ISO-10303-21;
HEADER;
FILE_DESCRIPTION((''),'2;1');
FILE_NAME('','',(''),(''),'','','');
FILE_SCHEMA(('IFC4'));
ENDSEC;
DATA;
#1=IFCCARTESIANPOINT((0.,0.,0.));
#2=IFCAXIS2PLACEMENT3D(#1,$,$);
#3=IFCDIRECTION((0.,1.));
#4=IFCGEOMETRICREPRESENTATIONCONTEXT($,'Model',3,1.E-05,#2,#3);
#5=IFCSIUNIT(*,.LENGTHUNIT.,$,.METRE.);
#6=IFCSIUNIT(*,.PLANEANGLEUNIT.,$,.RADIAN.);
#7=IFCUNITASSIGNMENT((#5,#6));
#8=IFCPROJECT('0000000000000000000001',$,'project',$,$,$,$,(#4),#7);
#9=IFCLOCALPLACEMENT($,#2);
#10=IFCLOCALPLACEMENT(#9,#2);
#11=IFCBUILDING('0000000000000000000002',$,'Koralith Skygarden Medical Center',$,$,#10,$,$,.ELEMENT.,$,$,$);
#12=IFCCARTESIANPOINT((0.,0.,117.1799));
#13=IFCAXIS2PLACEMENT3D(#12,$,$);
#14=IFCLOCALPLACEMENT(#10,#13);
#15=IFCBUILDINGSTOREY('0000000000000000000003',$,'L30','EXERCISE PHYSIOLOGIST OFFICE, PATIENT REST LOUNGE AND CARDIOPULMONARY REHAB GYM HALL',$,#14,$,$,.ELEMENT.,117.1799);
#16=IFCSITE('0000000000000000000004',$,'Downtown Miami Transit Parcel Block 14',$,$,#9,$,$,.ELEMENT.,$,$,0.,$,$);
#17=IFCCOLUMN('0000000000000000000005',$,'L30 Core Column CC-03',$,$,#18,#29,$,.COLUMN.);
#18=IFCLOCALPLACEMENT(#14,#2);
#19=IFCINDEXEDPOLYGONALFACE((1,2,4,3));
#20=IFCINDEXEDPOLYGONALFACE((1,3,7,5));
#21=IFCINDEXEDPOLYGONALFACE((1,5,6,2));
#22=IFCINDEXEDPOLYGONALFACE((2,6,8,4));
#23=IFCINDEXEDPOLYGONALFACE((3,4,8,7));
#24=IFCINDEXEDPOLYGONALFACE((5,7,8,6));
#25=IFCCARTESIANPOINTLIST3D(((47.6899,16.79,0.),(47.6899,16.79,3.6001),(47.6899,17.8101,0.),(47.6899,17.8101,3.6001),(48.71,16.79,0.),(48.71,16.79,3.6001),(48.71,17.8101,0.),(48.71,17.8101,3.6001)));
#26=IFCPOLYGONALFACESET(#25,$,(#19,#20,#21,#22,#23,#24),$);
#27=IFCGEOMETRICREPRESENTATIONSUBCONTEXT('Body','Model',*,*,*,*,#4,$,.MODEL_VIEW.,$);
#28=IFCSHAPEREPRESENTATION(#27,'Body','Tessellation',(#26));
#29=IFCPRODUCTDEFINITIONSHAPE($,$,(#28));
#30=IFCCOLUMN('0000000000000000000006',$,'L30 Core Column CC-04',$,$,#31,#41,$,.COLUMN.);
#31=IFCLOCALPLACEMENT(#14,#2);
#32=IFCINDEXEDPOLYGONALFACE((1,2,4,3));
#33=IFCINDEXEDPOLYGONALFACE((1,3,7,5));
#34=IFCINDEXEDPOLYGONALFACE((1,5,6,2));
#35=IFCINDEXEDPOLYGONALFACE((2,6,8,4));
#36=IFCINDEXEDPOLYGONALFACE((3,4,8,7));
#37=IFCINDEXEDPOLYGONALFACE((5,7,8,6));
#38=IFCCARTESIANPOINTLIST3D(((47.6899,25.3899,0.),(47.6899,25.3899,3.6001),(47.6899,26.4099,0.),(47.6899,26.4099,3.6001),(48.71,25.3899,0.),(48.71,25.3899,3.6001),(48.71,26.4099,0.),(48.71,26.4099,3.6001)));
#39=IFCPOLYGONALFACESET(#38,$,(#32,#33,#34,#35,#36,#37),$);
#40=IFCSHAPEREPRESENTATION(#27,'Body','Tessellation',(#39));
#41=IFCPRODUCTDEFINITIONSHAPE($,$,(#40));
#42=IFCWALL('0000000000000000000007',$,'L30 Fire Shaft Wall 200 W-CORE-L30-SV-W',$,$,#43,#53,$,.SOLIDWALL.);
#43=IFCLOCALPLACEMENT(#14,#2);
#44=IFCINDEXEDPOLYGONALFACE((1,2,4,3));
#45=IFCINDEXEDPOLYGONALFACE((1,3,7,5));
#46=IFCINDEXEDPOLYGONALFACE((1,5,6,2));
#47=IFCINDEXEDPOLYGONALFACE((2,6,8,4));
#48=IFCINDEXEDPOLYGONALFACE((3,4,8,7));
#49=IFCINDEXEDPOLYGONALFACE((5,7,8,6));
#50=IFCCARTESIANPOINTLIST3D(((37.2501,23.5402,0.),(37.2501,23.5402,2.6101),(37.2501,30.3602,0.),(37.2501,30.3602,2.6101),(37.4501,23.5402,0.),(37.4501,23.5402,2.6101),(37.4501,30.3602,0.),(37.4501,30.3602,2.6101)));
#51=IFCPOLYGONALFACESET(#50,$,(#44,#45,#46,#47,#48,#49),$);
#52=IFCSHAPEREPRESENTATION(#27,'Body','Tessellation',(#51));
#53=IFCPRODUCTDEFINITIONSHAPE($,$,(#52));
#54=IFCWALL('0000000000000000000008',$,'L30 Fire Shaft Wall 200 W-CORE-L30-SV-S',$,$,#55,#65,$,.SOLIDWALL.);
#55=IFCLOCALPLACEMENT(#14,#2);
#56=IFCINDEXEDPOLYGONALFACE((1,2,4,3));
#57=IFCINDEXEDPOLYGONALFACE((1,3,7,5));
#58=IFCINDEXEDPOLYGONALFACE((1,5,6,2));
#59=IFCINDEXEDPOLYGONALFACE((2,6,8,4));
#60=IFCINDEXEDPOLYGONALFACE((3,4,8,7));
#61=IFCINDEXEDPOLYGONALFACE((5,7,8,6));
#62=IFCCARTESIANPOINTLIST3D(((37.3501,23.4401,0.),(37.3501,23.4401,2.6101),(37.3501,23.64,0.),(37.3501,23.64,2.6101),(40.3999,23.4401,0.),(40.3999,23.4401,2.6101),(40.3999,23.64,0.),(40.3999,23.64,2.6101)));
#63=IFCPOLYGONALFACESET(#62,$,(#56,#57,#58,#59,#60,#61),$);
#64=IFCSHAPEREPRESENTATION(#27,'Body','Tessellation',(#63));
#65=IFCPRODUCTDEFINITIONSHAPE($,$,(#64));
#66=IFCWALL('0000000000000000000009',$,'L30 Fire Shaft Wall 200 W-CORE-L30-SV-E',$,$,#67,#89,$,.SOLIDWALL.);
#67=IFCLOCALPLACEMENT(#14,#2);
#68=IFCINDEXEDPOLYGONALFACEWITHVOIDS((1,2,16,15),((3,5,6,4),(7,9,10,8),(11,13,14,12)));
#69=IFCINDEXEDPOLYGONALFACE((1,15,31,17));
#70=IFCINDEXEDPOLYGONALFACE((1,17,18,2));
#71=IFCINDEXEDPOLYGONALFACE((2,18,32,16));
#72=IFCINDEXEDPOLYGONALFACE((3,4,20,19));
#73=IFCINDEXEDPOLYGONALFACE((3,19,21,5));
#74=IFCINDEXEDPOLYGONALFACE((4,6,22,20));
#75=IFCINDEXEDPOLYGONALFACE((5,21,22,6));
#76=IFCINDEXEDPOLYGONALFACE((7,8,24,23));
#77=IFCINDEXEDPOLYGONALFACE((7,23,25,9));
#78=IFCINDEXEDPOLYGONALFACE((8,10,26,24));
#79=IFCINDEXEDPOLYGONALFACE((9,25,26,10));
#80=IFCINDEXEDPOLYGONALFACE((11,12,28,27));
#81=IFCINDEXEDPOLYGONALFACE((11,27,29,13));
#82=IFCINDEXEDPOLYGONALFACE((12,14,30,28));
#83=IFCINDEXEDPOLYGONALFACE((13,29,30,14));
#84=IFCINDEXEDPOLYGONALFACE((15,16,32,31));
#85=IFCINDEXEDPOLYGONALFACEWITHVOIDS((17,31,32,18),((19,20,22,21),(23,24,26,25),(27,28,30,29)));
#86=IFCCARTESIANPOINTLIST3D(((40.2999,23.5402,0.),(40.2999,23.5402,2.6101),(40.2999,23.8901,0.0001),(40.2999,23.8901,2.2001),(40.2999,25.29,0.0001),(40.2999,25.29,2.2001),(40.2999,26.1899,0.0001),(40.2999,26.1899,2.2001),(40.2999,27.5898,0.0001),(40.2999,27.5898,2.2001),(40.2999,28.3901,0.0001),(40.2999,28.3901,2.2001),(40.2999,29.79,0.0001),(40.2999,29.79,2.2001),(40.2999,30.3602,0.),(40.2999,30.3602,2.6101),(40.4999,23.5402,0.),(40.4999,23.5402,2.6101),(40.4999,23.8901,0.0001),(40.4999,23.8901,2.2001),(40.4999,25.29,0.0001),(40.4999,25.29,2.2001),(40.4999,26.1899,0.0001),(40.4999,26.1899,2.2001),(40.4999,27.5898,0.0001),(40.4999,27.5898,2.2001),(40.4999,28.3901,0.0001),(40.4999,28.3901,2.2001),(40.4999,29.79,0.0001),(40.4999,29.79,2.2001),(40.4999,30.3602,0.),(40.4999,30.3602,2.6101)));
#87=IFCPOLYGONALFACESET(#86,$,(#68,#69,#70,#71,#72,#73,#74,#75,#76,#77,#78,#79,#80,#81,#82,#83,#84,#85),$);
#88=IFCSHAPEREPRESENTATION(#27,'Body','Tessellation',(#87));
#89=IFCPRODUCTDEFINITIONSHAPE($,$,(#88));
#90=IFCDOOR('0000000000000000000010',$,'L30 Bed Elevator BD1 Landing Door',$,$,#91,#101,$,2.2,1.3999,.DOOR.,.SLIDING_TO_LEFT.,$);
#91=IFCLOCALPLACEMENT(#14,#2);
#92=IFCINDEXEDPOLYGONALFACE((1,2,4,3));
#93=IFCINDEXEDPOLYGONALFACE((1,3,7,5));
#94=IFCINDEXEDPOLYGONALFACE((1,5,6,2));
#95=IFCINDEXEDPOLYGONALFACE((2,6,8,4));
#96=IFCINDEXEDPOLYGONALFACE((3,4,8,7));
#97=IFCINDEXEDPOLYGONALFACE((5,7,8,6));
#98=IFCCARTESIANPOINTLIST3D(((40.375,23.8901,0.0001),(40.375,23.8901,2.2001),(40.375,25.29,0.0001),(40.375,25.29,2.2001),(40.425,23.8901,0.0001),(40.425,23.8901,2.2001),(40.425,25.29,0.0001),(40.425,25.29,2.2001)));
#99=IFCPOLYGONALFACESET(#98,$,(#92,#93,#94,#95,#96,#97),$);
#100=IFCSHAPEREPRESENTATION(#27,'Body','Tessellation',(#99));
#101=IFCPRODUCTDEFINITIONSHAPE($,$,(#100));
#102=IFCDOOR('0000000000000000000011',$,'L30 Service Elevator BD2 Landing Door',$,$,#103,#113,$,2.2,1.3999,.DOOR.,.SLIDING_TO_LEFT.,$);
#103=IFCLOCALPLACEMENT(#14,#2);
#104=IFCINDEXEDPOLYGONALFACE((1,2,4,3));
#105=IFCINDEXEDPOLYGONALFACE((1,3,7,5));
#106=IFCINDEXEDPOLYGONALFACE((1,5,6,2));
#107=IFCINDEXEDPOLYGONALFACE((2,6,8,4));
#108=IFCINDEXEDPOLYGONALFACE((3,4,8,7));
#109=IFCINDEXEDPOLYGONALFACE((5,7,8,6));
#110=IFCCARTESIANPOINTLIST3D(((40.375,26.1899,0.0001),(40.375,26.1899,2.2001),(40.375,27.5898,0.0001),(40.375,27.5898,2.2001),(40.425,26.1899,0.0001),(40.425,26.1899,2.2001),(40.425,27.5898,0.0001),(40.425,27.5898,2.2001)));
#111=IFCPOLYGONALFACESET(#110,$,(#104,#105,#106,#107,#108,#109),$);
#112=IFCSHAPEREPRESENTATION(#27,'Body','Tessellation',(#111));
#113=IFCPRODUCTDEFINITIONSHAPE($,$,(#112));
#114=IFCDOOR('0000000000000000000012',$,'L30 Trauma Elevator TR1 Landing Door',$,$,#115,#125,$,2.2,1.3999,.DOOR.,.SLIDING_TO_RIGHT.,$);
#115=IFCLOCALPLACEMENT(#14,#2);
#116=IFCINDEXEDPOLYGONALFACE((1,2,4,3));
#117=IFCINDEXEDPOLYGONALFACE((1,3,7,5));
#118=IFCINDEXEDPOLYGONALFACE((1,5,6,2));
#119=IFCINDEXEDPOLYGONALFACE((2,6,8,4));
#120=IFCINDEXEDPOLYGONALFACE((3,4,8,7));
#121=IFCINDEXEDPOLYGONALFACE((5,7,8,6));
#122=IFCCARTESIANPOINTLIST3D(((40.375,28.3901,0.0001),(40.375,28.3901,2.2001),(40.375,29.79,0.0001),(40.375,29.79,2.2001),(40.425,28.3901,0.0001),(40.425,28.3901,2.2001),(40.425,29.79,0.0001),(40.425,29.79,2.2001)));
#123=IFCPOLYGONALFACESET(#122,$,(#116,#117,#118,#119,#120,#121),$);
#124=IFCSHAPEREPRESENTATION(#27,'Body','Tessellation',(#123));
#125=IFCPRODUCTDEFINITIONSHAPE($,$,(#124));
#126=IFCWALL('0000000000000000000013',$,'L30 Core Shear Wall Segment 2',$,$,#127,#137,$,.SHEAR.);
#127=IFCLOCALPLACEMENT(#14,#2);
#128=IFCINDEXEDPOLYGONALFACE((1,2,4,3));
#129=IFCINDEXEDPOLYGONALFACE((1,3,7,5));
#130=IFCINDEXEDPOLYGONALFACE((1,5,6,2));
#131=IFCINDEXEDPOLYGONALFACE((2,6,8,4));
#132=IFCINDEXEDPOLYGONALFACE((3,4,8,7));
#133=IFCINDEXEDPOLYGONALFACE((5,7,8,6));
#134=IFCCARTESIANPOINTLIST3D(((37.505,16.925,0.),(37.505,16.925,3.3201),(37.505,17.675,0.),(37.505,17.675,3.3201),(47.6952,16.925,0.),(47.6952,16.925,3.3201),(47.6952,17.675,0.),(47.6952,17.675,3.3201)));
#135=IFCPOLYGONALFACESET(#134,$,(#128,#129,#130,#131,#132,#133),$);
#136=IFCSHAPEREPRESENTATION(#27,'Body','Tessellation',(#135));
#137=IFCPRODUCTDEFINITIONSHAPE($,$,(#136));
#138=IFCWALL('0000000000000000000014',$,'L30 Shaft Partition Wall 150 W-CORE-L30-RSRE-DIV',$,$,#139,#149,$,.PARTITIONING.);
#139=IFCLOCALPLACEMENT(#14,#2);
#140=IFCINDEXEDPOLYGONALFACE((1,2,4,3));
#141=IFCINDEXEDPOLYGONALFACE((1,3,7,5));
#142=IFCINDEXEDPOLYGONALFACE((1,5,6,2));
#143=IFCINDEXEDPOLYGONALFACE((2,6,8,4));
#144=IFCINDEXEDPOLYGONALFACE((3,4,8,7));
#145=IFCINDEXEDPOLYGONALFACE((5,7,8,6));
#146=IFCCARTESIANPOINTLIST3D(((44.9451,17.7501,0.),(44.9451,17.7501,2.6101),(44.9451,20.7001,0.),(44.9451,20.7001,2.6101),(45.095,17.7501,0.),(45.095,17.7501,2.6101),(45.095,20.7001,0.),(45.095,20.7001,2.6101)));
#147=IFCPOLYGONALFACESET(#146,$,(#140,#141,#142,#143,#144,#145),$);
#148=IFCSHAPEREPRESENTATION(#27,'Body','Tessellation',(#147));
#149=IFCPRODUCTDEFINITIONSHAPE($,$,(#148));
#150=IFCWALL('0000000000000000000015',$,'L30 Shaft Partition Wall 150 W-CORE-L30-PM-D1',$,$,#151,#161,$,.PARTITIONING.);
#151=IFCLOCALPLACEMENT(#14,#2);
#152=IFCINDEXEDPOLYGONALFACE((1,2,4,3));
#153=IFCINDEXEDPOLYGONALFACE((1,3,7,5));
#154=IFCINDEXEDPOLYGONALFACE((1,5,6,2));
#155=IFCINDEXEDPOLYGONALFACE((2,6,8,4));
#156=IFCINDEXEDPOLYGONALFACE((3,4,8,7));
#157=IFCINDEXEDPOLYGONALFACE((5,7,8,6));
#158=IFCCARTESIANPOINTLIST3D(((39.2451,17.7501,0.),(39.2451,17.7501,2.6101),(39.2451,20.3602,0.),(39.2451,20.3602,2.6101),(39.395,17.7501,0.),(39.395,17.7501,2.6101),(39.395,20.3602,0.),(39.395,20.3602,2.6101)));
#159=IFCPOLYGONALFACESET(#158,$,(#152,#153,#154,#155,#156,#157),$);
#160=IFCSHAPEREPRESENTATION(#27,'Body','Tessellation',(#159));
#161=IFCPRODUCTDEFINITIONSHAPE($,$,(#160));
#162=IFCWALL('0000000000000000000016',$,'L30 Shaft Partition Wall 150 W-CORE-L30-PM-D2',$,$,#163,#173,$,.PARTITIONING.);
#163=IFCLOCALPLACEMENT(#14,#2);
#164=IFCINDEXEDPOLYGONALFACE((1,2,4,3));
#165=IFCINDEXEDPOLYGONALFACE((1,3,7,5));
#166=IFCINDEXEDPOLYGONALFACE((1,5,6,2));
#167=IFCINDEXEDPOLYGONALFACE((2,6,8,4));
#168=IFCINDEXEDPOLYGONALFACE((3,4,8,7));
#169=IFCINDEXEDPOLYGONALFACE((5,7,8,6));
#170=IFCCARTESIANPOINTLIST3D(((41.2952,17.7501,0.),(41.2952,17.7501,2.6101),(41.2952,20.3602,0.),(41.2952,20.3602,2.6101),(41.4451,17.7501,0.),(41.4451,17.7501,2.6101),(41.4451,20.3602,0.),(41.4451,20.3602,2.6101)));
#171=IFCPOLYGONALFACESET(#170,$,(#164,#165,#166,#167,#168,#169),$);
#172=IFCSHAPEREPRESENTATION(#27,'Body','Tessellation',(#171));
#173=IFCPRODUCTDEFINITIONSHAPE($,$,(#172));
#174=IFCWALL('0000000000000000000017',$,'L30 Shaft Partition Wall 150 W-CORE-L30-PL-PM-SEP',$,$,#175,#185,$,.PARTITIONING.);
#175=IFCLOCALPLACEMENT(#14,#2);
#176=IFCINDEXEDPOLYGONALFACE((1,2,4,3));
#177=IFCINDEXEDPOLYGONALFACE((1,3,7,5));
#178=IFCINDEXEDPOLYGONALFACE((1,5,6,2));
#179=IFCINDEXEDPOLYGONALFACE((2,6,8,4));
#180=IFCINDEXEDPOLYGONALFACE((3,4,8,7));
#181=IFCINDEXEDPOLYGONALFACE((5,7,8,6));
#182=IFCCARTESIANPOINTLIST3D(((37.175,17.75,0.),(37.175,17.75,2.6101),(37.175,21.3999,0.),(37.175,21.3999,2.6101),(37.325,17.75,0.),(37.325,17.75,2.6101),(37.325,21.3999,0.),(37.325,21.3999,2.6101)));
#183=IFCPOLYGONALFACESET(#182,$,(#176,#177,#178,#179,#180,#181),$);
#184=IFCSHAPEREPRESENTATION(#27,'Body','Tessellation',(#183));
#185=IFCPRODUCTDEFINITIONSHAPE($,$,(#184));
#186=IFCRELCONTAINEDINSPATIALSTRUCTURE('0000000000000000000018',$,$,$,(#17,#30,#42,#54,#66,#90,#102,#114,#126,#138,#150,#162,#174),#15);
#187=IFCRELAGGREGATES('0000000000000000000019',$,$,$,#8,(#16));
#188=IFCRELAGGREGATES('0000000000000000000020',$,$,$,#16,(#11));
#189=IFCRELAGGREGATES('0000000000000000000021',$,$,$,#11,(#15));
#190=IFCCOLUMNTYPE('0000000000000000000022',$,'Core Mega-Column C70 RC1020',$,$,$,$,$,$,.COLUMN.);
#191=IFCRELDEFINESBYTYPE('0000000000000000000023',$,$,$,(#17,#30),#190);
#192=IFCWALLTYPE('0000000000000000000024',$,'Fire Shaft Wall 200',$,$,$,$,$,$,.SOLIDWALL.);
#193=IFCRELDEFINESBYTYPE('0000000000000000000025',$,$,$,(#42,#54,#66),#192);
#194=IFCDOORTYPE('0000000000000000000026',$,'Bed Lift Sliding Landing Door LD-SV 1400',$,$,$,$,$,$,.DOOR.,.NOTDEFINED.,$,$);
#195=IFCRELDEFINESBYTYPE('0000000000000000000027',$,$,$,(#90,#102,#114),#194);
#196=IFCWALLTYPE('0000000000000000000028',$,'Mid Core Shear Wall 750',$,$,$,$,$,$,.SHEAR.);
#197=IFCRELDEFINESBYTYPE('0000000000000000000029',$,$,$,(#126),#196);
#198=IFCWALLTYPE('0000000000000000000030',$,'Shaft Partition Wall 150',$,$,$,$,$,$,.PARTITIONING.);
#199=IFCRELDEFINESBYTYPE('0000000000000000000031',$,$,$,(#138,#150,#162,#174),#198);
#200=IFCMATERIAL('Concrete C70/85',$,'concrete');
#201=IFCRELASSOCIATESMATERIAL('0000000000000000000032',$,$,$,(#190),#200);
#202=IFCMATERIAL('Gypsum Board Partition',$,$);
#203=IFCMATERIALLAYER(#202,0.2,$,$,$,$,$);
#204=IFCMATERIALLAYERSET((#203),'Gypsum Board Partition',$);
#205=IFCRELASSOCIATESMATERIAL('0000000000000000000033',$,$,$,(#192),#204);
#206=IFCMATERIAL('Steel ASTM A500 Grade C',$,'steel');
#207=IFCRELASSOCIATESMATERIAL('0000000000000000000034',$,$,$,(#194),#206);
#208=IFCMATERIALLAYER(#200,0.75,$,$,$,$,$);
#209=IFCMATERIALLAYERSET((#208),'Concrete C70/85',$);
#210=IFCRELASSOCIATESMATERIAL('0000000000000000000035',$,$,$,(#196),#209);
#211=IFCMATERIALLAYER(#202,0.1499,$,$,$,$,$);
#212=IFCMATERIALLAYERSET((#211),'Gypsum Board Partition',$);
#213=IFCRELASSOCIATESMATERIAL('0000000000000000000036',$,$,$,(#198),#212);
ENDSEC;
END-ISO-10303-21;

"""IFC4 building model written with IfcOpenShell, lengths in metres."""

from ifc_helpers import new_model, si_unit, direction, frame, frame_2d, origin, origin_2d, place, context, subcontext, project, spatial, rectangle, extrude, material, layer, layer_set, material_profile, profile_set, type_object, element, fill, save


model = new_model("IFC4")

# Units and contexts
model_context = context("Model", 3, precision=1e-05, world=origin(), true_north=direction((0.0, 1.0)))
body_context = subcontext(model_context, "Body", "Model", "MODEL_VIEW")
ifc_project = project(units=[si_unit("LENGTHUNIT", "METRE"), si_unit("PLANEANGLEUNIT", "RADIAN")], contexts=[model_context])

# Site, building, storey
site_placement = place(None, origin())
site = spatial("IfcSite", under=ifc_project, at=site_placement, Name="Downtown Miami Transit Parcel Block 14", CompositionType="ELEMENT", RefElevation=0.0)
building_placement = place(site_placement, origin())
building = spatial("IfcBuilding", under=site, at=building_placement, Name="Koralith Skygarden Medical Center", CompositionType="ELEMENT")
storey_placement = place(building_placement, frame((0.0, 0.0, 117.1799)))
storey = spatial("IfcBuildingStorey", under=building, at=storey_placement, Name="L30", Description="EXERCISE PHYSIOLOGIST OFFICE, PATIENT REST LOUNGE AND CARDIOPULMONARY REHAB GYM HALL", CompositionType="ELEMENT", Elevation=117.1799)

# Columns
ifc_material_1 = material(Name="Concrete C70/85", Category="concrete")
ifc_material_profile = material_profile(ifc_material_1, rectangle(XDim=1.02, YDim=1.02, at=origin_2d()), Name="RC1020X1020")
ifc_profile_set = profile_set([ifc_material_profile], Name="Concrete C70/85")
column_type = type_object("IfcColumnType", Name="Core Mega-Column C70 RC1020", PredefinedType="COLUMN", material=ifc_profile_set)
for number, where, z_axis, x_axis, name in (
    (1, (48.2, 17.3, 0.0), (0.0, 0.0, 1.0), (1.0, 0.0, 0.0), "L30 Core Column CC-03"),
    (2, (48.2, 25.8999, 0.0), (0.0, 0.0, 1.0), (1.0, 0.0, 0.0), "L30 Core Column CC-04"),
):
    element("IfcColumn", number, at=place(storey_placement, frame(where, z_axis=z_axis, x_axis=x_axis)), inside=storey, type_object=column_type, Name=name, PredefinedType="COLUMN", context=body_context, shape_type="SweptSolid", body=[
        extrude(rectangle(XDim=1.02, YDim=1.02, at=origin_2d()), origin(), (0.0, 0.0, 1.0), 3.6001),
    ])

# Shared definitions
ifc_material_2 = material(Name="Gypsum Board Partition")
ifc_layer_1 = layer(ifc_material_2, 0.2)
ifc_layer_set_1 = layer_set([ifc_layer_1], Name="Gypsum Board Partition")
wall_type_1 = type_object("IfcWallType", Name="Fire Shaft Wall 200", PredefinedType="SOLIDWALL", material=ifc_layer_set_1)
ifc_material_3 = material(Name="Steel ASTM A500 Grade C", Category="steel")

# Walls
wall_1_placement = place(storey_placement, frame((37.3501, 23.54, 0.0), z_axis=(0.0, 0.0, 1.0), x_axis=(0.0, 1.0, 0.0)))
element("IfcWall", 3, at=wall_1_placement, inside=storey, type_object=wall_type_1, Name="L30 Fire Shaft Wall 200 W-CORE-L30-SV-W", PredefinedType="SOLIDWALL", context=body_context, shape_type="SweptSolid", body=[
    extrude(rectangle(XDim=6.8201, YDim=0.2, at=frame_2d((3.4102, 0.0))), origin(), (0.0, 0.0, 1.0), 2.6101),
])
wall_2_placement = place(storey_placement, frame((37.3501, 23.54, 0.0), z_axis=(0.0, 0.0, 1.0), x_axis=(1.0, 0.0, 0.0)))
element("IfcWall", 4, at=wall_2_placement, inside=storey, type_object=wall_type_1, Name="L30 Fire Shaft Wall 200 W-CORE-L30-SV-S", PredefinedType="SOLIDWALL", context=body_context, shape_type="SweptSolid", body=[
    extrude(rectangle(XDim=3.0498, YDim=0.2, at=frame_2d((1.5249, 0.0))), origin(), (0.0, 0.0, 1.0), 2.6101),
])

# Wall, openings, doors
wall_3_placement = place(storey_placement, frame((40.3999, 23.54, 0.0), z_axis=(0.0, 0.0, 1.0), x_axis=(0.0, 1.0, 0.0)))
wall_3 = element("IfcWall", 5, at=wall_3_placement, inside=storey, type_object=wall_type_1, Name="L30 Fire Shaft Wall 200 W-CORE-L30-SV-E", PredefinedType="SOLIDWALL", context=body_context, shape_type="SweptSolid", body=[
    extrude(rectangle(XDim=6.8201, YDim=0.2, at=frame_2d((3.4102, 0.0))), origin(), (0.0, 0.0, 1.0), 2.6101),
])
opening_1_placement = place(wall_3_placement, frame((0.3501, 0.0, 0.0)))
opening_1 = element("IfcOpeningElement", 6, at=opening_1_placement, cuts=wall_3, PredefinedType="OPENING", context=body_context, shape_type="SweptSolid", body=[
    extrude(rectangle(XDim=1.3999, YDim=2.2, at=frame_2d((0.7, 1.1001))), frame((0.0, 0.1099, 0.0), z_axis=(0.0, -1.0, 0.0), x_axis=(1.0, 0.0, 0.0)), (0.0, 0.0, 1.0), 0.22),
])
opening_2_placement = place(wall_3_placement, frame((2.6499, 0.0, 0.0)))
opening_2 = element("IfcOpeningElement", 7, at=opening_2_placement, cuts=wall_3, PredefinedType="OPENING", context=body_context, shape_type="SweptSolid", body=[
    extrude(rectangle(XDim=1.3999, YDim=2.2, at=frame_2d((0.7, 1.1001))), frame((0.0, 0.1099, 0.0), z_axis=(0.0, -1.0, 0.0), x_axis=(1.0, 0.0, 0.0)), (0.0, 0.0, 1.0), 0.22),
])
opening_3_placement = place(wall_3_placement, frame((4.8501, 0.0, 0.0)))
opening_3 = element("IfcOpeningElement", 8, at=opening_3_placement, cuts=wall_3, PredefinedType="OPENING", context=body_context, shape_type="SweptSolid", body=[
    extrude(rectangle(XDim=1.3999, YDim=2.2, at=frame_2d((0.7, 1.1001))), frame((0.0, 0.1099, 0.0), z_axis=(0.0, -1.0, 0.0), x_axis=(1.0, 0.0, 0.0)), (0.0, 0.0, 1.0), 0.22),
])
door_type_1 = type_object("IfcDoorType", Name="Bed Lift Sliding Landing Door LD-SV 1400", OperationType="NOTDEFINED", PredefinedType="DOOR", material=ifc_material_3)
door_1_placement = place(opening_1_placement, origin())
door_1 = element("IfcDoor", 9, at=door_1_placement, inside=storey, type_object=door_type_1, Name="L30 Bed Elevator BD1 Landing Door", OperationType="SLIDING_TO_LEFT", OverallHeight=2.2, OverallWidth=1.3999, PredefinedType="DOOR", context=body_context, shape_type="SweptSolid", body=[
    extrude(rectangle(XDim=1.3999, YDim=2.2, at=frame_2d((0.7, 1.1001))), frame((0.0, 0.0249, 0.0), z_axis=(0.0, -1.0, 0.0), x_axis=(1.0, 0.0, 0.0)), (0.0, 0.0, 1.0), 0.05),
])
fill(opening_1, door_1)
door_2_placement = place(opening_2_placement, origin())
door_2 = element("IfcDoor", 10, at=door_2_placement, inside=storey, type_object=door_type_1, Name="L30 Service Elevator BD2 Landing Door", OperationType="SLIDING_TO_LEFT", OverallHeight=2.2, OverallWidth=1.3999, PredefinedType="DOOR", context=body_context, shape_type="SweptSolid", body=[
    extrude(rectangle(XDim=1.3999, YDim=2.2, at=frame_2d((0.7, 1.1001))), frame((0.0, 0.0249, 0.0), z_axis=(0.0, -1.0, 0.0), x_axis=(1.0, 0.0, 0.0)), (0.0, 0.0, 1.0), 0.05),
])
fill(opening_2, door_2)
door_3_placement = place(opening_3_placement, origin())
door_3 = element("IfcDoor", 11, at=door_3_placement, inside=storey, type_object=door_type_1, Name="L30 Trauma Elevator TR1 Landing Door", OperationType="SLIDING_TO_RIGHT", OverallHeight=2.2, OverallWidth=1.3999, PredefinedType="DOOR", context=body_context, shape_type="SweptSolid", body=[
    extrude(rectangle(XDim=1.3999, YDim=2.2, at=frame_2d((0.7, 1.1001))), frame((0.0, 0.0249, 0.0), z_axis=(0.0, -1.0, 0.0), x_axis=(1.0, 0.0, 0.0)), (0.0, 0.0, 1.0), 0.05),
])
fill(opening_3, door_3)

# Wall
ifc_layer_2 = layer(ifc_material_1, 0.75)
ifc_layer_set_2 = layer_set([ifc_layer_2], Name="Concrete C70/85")
wall_type_2 = type_object("IfcWallType", Name="Mid Core Shear Wall 750", PredefinedType="SHEAR", material=ifc_layer_set_2)
wall_4_placement = place(storey_placement, frame((37.5049, 17.3, 0.0), z_axis=(0.0, 0.0, 1.0), x_axis=(1.0, 0.0, 0.0)))
element("IfcWall", 12, at=wall_4_placement, inside=storey, type_object=wall_type_2, Name="L30 Core Shear Wall Segment 2", PredefinedType="SHEAR", context=body_context, shape_type="SweptSolid", body=[
    extrude(rectangle(XDim=10.1902, YDim=0.75, at=frame_2d((5.0952, 0.0))), origin(), (0.0, 0.0, 1.0), 3.3201),
])

# Walls
ifc_layer_3 = layer(ifc_material_2, 0.1499)
ifc_layer_set_3 = layer_set([ifc_layer_3], Name="Gypsum Board Partition")
wall_type_3 = type_object("IfcWallType", Name="Shaft Partition Wall 150", PredefinedType="PARTITIONING", material=ifc_layer_set_3)
wall_5_placement = place(storey_placement, frame((45.02, 17.75, 0.0), z_axis=(0.0, 0.0, 1.0), x_axis=(0.0, 1.0, 0.0)))
element("IfcWall", 13, at=wall_5_placement, inside=storey, type_object=wall_type_3, Name="L30 Shaft Partition Wall 150 W-CORE-L30-RSRE-DIV", PredefinedType="PARTITIONING", context=body_context, shape_type="SweptSolid", body=[
    extrude(rectangle(XDim=2.95, YDim=0.1499, at=frame_2d((1.4751, 0.0))), origin(), (0.0, 0.0, 1.0), 2.6101),
])
for number, where, z_axis, x_axis, name in (
    (14, (39.3201, 17.75, 0.0), (0.0, 0.0, 1.0), (0.0, 1.0, 0.0), "L30 Shaft Partition Wall 150 W-CORE-L30-PM-D1"),
    (15, (41.3701, 17.75, 0.0), (0.0, 0.0, 1.0), (0.0, 1.0, 0.0), "L30 Shaft Partition Wall 150 W-CORE-L30-PM-D2"),
):
    element("IfcWall", number, at=place(storey_placement, frame(where, z_axis=z_axis, x_axis=x_axis)), inside=storey, type_object=wall_type_3, Name=name, PredefinedType="PARTITIONING", context=body_context, shape_type="SweptSolid", body=[
        extrude(rectangle(XDim=2.6101, YDim=0.1499, at=frame_2d((1.3052, 0.0))), origin(), (0.0, 0.0, 1.0), 2.6101),
    ])
wall_6_placement = place(storey_placement, frame((37.25, 17.75, 0.0), z_axis=(0.0, 0.0, 1.0), x_axis=(0.0, 1.0, 0.0)))
element("IfcWall", 16, at=wall_6_placement, inside=storey, type_object=wall_type_3, Name="L30 Shaft Partition Wall 150 W-CORE-L30-PL-PM-SEP", PredefinedType="PARTITIONING", context=body_context, shape_type="SweptSolid", body=[
    extrude(rectangle(XDim=3.6499, YDim=0.1499, at=frame_2d((1.825, 0.0))), origin(), (0.0, 0.0, 1.0), 2.6101),
])

save(model, "model.ifc")
